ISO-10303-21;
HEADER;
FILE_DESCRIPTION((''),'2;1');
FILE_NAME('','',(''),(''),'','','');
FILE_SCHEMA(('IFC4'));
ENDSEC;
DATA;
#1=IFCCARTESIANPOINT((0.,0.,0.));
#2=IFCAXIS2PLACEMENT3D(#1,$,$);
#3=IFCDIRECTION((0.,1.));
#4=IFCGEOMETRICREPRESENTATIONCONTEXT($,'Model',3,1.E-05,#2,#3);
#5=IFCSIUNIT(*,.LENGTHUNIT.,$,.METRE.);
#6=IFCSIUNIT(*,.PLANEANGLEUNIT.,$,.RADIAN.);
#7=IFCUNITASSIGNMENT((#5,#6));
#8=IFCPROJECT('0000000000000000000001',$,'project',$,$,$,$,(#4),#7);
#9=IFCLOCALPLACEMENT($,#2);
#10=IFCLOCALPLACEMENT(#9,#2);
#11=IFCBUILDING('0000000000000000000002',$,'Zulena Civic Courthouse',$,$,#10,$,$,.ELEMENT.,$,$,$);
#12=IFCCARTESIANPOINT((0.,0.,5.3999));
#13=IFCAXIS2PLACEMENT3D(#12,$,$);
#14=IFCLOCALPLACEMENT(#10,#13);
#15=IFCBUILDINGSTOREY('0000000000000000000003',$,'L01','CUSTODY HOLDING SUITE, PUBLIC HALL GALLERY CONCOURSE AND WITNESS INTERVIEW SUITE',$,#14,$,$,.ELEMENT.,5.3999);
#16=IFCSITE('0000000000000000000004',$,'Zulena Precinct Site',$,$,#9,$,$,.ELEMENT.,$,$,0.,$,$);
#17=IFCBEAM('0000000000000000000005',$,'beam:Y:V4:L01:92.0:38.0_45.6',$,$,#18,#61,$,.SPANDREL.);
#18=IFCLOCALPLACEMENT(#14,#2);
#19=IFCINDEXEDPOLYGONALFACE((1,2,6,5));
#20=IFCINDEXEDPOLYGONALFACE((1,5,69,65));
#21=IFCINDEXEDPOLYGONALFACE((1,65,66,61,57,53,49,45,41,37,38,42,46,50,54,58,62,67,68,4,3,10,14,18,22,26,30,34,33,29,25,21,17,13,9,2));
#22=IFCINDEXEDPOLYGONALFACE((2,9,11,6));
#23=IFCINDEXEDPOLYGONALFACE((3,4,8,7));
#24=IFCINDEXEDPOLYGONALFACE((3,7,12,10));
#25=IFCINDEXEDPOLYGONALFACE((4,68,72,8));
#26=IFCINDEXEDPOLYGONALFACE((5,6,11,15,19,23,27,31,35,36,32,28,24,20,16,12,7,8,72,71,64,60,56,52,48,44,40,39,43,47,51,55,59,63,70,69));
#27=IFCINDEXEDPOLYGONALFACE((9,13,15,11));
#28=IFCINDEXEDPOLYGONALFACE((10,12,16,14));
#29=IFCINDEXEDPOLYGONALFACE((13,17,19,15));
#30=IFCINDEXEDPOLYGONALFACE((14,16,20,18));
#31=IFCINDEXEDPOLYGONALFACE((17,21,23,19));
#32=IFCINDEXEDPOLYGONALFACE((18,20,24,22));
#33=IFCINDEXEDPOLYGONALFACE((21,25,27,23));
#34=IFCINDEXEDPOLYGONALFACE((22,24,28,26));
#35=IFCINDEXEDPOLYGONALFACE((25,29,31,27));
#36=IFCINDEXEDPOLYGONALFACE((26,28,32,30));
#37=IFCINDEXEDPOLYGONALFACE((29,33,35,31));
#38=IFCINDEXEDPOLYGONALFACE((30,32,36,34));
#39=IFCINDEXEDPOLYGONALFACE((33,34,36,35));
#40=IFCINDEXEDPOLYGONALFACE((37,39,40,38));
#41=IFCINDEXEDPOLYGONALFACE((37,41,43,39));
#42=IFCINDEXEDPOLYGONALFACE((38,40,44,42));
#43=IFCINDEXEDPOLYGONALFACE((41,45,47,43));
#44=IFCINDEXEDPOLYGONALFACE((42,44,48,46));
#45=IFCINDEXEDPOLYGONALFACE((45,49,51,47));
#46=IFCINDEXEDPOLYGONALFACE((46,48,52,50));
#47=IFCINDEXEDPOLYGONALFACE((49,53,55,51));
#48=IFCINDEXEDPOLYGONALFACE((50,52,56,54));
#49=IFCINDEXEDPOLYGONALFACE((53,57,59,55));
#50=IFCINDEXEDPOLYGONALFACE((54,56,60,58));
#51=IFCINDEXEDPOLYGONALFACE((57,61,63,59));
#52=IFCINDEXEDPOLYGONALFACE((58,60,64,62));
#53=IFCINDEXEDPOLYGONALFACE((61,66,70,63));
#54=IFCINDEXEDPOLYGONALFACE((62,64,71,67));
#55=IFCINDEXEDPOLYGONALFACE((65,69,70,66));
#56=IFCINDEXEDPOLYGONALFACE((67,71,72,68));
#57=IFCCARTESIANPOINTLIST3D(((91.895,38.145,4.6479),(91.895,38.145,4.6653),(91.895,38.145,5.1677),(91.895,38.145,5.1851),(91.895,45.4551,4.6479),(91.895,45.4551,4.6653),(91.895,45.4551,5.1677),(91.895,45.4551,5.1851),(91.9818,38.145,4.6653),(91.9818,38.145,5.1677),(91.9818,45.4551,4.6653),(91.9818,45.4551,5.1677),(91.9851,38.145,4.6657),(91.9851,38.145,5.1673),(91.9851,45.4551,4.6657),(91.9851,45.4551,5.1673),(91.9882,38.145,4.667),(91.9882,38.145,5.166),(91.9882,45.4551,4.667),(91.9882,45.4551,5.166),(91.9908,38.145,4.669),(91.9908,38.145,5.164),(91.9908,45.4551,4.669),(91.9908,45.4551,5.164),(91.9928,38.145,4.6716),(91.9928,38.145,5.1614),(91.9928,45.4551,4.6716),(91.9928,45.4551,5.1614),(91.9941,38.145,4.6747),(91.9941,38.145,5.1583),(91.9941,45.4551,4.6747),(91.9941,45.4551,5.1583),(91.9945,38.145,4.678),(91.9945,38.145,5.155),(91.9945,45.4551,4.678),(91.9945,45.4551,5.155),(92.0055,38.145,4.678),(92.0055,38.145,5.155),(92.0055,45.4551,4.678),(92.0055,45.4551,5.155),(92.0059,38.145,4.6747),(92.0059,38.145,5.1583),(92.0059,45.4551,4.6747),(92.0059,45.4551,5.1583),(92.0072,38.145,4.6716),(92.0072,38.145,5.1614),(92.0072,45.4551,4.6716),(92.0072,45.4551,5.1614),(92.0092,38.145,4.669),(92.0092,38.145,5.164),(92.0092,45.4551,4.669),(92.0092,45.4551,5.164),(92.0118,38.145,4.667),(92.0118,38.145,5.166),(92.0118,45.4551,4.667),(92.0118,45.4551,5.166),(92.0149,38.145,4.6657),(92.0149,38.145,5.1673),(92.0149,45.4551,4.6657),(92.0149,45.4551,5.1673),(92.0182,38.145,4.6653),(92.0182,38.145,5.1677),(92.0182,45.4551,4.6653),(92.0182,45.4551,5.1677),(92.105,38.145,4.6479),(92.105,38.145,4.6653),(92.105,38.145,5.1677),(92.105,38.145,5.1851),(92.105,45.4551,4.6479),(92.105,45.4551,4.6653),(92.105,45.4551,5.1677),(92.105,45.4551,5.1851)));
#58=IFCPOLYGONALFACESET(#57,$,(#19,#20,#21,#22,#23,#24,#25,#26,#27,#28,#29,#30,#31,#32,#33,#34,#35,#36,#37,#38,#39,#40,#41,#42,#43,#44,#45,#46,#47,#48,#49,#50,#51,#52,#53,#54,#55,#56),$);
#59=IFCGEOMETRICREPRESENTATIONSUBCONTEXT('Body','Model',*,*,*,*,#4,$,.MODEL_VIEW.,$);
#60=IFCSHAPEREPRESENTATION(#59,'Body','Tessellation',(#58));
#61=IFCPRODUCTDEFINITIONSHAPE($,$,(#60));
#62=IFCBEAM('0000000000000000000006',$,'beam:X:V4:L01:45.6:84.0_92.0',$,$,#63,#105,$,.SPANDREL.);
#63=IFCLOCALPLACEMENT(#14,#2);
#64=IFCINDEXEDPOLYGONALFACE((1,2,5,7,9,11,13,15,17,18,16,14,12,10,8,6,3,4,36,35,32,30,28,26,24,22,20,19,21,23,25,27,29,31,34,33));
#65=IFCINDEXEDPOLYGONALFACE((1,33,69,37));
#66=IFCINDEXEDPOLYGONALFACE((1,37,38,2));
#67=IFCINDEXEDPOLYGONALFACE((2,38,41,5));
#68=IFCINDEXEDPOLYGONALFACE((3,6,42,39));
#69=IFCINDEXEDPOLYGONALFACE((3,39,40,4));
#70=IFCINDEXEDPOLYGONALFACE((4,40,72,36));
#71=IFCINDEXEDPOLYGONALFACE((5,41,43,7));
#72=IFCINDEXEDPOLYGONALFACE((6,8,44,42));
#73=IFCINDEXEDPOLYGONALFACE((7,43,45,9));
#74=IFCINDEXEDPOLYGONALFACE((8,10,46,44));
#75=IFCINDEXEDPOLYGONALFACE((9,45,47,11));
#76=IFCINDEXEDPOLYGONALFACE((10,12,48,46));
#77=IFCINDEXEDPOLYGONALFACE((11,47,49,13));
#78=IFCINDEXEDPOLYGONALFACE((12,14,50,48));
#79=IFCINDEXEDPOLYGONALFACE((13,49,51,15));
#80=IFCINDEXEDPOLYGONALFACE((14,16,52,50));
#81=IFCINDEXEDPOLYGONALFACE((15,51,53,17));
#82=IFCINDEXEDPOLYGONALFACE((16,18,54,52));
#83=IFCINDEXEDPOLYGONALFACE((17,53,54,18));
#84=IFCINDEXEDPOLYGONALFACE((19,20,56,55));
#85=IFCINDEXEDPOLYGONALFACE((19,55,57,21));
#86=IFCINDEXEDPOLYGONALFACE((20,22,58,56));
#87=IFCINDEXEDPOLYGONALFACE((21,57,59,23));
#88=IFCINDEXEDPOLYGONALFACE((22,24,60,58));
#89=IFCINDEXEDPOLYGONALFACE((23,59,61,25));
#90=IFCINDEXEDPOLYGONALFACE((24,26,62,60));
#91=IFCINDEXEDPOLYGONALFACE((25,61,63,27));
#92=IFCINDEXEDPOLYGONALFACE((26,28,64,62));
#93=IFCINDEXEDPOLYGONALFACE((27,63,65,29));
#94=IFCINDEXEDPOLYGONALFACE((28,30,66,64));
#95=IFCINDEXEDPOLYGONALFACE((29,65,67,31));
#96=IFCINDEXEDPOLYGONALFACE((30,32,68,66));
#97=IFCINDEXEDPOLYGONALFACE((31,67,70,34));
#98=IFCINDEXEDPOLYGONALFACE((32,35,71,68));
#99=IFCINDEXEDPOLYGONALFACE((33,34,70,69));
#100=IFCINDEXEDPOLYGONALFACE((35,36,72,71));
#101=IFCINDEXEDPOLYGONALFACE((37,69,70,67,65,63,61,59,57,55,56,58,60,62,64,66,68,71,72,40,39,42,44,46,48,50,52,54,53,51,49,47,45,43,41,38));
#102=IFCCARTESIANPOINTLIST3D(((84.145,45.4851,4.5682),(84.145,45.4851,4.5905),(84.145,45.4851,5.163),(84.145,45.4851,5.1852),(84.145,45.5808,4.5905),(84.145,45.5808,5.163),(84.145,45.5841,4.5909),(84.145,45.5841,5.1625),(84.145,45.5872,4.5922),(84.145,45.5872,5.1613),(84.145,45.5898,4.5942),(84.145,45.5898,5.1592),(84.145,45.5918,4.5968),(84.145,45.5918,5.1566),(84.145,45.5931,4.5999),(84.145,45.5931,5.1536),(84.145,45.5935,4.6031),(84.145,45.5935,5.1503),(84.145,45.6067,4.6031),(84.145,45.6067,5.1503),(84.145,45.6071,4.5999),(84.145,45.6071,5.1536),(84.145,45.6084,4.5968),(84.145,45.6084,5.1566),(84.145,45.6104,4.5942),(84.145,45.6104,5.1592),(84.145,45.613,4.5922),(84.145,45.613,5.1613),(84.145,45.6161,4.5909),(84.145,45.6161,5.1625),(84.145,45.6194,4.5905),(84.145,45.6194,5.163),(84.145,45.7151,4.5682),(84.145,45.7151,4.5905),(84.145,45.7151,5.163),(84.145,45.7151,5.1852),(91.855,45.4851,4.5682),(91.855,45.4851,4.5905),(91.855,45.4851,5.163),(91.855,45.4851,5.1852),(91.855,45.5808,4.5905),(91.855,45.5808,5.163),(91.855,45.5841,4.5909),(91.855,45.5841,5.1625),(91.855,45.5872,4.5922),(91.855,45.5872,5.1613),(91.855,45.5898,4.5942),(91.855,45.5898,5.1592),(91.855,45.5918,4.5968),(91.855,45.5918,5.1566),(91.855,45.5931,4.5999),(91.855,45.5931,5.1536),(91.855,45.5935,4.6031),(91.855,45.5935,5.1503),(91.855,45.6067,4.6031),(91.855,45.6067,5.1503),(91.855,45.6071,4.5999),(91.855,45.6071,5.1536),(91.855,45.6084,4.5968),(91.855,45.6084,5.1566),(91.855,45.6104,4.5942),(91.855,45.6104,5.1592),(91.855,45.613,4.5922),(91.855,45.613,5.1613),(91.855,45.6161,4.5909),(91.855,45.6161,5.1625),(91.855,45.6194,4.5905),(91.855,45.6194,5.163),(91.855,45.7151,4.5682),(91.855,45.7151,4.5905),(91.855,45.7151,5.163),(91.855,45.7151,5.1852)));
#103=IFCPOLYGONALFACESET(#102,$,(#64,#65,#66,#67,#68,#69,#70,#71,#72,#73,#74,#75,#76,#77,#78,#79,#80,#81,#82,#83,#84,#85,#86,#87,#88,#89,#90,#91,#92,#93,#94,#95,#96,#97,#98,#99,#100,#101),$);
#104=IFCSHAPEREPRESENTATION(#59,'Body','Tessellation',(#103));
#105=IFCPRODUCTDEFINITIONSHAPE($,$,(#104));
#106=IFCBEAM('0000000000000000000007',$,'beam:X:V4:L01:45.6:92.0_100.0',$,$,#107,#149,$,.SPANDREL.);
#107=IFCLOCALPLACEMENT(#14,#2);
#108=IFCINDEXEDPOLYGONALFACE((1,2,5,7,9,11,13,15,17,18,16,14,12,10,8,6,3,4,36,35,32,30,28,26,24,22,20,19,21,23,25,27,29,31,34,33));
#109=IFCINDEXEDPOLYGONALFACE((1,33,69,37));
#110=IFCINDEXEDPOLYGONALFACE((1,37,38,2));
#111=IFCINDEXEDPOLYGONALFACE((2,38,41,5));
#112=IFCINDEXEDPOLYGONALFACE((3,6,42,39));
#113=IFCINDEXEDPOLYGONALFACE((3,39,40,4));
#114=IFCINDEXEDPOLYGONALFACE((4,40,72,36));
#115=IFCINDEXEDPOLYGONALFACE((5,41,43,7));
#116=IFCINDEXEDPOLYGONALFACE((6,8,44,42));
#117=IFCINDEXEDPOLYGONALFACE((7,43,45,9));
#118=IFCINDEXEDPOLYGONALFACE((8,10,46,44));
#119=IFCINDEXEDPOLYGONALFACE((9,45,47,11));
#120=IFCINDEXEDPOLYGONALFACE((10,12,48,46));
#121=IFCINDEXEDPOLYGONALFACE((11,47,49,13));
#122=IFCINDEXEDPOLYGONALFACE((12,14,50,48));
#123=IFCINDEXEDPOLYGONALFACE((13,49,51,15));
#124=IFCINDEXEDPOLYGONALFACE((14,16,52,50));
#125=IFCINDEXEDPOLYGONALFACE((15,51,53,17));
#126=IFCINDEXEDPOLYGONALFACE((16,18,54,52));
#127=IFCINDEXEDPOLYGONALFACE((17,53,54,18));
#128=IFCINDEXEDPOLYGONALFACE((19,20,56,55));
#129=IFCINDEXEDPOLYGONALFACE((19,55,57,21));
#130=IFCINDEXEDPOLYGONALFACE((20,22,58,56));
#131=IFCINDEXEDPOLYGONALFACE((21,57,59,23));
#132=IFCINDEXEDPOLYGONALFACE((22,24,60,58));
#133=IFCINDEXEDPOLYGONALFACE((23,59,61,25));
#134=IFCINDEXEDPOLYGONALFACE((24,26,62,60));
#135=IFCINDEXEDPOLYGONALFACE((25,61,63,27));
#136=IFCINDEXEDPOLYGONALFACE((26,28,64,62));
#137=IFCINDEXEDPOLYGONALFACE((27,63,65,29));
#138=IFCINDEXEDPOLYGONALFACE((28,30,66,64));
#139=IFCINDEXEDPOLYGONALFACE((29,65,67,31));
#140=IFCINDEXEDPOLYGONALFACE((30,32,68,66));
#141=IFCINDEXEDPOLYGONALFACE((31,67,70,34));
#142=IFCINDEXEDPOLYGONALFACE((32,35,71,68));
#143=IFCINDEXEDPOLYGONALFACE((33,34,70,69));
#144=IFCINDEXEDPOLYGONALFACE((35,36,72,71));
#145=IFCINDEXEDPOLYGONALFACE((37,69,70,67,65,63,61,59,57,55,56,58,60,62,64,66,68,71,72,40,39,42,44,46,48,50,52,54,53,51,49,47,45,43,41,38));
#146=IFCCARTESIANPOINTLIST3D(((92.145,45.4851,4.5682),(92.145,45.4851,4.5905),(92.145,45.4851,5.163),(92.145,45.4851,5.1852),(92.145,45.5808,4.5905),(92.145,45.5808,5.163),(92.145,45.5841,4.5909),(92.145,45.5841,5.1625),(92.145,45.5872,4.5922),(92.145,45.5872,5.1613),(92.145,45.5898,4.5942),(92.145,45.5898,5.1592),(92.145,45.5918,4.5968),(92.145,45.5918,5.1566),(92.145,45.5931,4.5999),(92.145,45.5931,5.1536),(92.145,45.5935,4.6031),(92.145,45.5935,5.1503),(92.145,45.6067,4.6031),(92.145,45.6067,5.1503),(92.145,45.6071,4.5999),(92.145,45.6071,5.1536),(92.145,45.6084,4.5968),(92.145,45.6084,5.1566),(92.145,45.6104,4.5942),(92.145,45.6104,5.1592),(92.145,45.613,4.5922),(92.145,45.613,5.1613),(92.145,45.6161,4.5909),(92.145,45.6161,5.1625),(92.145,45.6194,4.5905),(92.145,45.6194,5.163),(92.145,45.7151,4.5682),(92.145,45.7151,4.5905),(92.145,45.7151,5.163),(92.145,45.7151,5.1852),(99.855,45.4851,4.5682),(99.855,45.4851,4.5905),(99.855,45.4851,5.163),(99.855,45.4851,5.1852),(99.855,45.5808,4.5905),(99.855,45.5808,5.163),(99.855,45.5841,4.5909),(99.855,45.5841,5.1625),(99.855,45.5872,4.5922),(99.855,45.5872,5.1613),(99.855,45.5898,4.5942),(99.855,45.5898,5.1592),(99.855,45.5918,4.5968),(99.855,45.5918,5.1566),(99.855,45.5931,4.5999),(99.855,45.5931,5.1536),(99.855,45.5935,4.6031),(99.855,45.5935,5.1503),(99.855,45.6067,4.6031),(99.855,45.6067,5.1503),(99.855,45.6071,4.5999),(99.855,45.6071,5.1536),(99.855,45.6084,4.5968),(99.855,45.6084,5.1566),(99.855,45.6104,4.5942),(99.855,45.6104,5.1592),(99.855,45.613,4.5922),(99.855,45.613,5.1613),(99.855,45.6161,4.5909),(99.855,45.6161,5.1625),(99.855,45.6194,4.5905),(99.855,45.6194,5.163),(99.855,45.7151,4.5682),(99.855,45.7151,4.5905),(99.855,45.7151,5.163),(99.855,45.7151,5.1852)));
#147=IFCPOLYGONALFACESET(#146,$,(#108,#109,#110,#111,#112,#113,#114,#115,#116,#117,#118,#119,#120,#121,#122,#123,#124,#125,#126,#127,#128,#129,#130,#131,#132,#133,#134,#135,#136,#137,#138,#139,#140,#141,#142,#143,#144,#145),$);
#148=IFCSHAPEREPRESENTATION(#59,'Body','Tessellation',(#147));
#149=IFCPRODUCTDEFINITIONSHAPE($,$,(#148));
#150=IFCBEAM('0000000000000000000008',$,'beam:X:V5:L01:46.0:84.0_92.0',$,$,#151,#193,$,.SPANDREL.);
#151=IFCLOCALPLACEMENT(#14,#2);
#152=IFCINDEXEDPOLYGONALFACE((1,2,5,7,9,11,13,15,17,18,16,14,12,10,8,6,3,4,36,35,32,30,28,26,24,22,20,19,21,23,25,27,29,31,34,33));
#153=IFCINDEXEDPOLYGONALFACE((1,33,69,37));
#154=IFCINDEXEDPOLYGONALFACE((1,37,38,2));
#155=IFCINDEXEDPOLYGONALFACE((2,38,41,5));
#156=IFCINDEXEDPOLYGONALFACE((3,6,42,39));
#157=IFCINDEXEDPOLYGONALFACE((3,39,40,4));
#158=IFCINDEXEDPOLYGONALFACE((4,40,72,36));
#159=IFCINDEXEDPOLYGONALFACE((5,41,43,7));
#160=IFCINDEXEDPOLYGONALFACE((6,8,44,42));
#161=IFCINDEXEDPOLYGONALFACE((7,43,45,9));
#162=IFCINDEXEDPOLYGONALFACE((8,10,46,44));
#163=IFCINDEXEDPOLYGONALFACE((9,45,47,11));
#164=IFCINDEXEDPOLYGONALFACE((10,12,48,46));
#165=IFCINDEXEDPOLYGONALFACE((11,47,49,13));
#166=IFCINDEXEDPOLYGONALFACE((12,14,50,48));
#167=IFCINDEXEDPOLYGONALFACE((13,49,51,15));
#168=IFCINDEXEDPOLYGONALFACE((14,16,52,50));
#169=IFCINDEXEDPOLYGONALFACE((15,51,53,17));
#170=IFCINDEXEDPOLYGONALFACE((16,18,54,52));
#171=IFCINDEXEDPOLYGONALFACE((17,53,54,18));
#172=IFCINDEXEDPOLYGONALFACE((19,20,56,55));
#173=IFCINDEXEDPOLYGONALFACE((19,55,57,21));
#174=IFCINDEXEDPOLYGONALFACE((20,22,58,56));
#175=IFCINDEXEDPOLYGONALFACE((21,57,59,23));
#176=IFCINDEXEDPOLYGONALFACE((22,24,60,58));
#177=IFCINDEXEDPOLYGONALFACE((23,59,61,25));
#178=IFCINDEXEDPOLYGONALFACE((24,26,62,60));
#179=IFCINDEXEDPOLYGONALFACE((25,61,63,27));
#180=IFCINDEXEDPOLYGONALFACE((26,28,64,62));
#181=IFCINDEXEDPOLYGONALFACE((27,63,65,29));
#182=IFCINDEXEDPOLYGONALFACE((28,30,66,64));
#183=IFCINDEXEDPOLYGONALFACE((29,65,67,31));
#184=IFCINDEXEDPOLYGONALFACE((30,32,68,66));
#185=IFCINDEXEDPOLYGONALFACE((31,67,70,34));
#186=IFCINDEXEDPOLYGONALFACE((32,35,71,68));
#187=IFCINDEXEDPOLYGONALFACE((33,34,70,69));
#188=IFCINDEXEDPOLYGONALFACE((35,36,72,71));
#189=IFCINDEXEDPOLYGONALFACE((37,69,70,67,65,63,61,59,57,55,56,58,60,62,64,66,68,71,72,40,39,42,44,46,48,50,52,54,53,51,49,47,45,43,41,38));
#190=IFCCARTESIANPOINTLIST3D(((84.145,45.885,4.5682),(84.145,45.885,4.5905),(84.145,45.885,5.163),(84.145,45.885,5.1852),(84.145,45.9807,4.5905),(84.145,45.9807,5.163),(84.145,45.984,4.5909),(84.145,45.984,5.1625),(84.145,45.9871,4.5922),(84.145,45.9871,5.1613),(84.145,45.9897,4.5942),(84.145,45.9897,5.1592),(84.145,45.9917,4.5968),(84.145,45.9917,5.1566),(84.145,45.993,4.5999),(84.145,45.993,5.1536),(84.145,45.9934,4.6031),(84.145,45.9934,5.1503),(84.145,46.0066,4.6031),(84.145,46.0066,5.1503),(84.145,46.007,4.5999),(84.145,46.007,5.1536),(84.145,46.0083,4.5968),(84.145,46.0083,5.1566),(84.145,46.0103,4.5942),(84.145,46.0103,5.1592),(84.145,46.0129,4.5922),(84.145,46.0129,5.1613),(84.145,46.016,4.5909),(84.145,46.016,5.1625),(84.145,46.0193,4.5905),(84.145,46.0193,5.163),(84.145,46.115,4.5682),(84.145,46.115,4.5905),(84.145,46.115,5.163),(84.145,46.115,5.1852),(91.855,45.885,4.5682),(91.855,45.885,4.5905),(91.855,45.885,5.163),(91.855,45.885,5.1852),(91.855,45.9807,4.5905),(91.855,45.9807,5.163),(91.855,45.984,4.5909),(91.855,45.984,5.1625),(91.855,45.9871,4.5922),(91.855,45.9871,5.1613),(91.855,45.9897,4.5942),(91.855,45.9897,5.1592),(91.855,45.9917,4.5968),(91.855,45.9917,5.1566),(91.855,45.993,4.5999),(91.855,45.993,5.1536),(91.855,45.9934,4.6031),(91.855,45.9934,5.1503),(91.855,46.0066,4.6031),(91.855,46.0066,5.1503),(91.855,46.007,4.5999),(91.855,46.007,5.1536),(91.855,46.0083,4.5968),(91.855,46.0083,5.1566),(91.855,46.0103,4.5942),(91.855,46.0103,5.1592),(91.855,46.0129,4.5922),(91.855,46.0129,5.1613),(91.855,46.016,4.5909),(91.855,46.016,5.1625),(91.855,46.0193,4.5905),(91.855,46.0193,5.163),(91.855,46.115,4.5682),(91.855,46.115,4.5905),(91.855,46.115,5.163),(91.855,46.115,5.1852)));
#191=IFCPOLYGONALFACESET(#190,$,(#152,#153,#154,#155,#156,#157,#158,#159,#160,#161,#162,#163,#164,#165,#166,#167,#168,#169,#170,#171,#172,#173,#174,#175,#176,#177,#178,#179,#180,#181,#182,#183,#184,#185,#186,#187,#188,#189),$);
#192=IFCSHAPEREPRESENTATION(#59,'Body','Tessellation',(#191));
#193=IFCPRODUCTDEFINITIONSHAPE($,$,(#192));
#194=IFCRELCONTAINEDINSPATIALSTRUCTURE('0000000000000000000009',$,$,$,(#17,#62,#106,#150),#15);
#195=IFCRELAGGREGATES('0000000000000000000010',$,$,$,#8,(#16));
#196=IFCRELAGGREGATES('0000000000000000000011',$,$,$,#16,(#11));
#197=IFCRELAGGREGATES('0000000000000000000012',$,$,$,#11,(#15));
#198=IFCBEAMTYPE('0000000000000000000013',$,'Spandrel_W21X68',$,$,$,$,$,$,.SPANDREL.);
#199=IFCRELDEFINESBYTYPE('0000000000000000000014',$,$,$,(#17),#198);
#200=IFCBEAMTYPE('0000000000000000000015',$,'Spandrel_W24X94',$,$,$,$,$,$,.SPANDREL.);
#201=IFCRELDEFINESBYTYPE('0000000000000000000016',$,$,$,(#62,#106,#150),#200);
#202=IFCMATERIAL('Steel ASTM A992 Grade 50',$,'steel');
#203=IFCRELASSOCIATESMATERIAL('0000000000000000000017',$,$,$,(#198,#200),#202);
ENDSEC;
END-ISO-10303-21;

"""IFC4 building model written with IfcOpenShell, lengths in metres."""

from ifc_helpers import new_model, si_unit, direction, frame, origin, origin_2d, place, context, subcontext, project, spatial, i_section, extrude, material, material_profile, profile_set, type_object, element, save


model = new_model("IFC4")

# Units and contexts
model_context = context("Model", 3, precision=1e-05, world=origin(), true_north=direction((0.0, 1.0)))
body_context = subcontext(model_context, "Body", "Model", "MODEL_VIEW")
ifc_project = project(units=[si_unit("LENGTHUNIT", "METRE"), si_unit("PLANEANGLEUNIT", "RADIAN")], contexts=[model_context])

# Site, building, storey
site_placement = place(None, origin())
site = spatial("IfcSite", under=ifc_project, at=site_placement, Name="Zulena Precinct Site", CompositionType="ELEMENT", RefElevation=0.0)
building_placement = place(site_placement, origin())
building = spatial("IfcBuilding", under=site, at=building_placement, Name="Zulena Civic Courthouse", CompositionType="ELEMENT")
storey_placement = place(building_placement, frame((0.0, 0.0, 5.3999)))
storey = spatial("IfcBuildingStorey", under=building, at=storey_placement, Name="L01", Description="CUSTODY HOLDING SUITE, PUBLIC HALL GALLERY CONCOURSE AND WITNESS INTERVIEW SUITE", CompositionType="ELEMENT", Elevation=5.3999)

# Shared definitions
ifc_material_1 = material(Name="Steel ASTM A992 Grade 50", Category="steel")

# Beams
ifc_material_profile_1 = material_profile(ifc_material_1, i_section(OverallWidth=0.21, OverallDepth=0.5371, WebThickness=0.011, FlangeThickness=0.0173, FilletRadius=0.0127, at=origin_2d()), Name="W21X68")
ifc_profile_set_1 = profile_set([ifc_material_profile_1], Name="Steel ASTM A992 Grade 50")
beam_type_1 = type_object("IfcBeamType", Name="Spandrel_W21X68", PredefinedType="SPANDREL", material=ifc_profile_set_1)
beam_1_placement = place(storey_placement, frame((92.0, 38.145, 4.9165), z_axis=(0.0, 1.0, 0.0), x_axis=(-1.0, 0.0, 0.0)))
element("IfcBeam", 1, at=beam_1_placement, inside=storey, type_object=beam_type_1, Name="beam:Y:V4:L01:92.0:38.0_45.6", PredefinedType="SPANDREL", context=body_context, shape_type="SweptSolid", body=[
    extrude(i_section(OverallWidth=0.21, OverallDepth=0.5371, WebThickness=0.011, FlangeThickness=0.0173, FilletRadius=0.0127, at=origin_2d()), origin(), (0.0, 0.0, 1.0), 7.3101),
])
ifc_material_profile_2 = material_profile(ifc_material_1, i_section(OverallWidth=0.23, OverallDepth=0.6169, WebThickness=0.0132, FlangeThickness=0.0222, FilletRadius=0.0127, at=origin_2d()), Name="W24X94")
ifc_profile_set_2 = profile_set([ifc_material_profile_2], Name="Steel ASTM A992 Grade 50")
beam_type_2 = type_object("IfcBeamType", Name="Spandrel_W24X94", PredefinedType="SPANDREL", material=ifc_profile_set_2)
for number, where, z_axis, x_axis, name in (
    (2, (84.145, 45.6001, 4.8767), (1.0, 0.0, 0.0), (0.0, 1.0, 0.0), "beam:X:V4:L01:45.6:84.0_92.0"),
    (3, (92.145, 45.6001, 4.8767), (1.0, 0.0, 0.0), (0.0, 1.0, 0.0), "beam:X:V4:L01:45.6:92.0_100.0"),
    (4, (84.145, 46.0, 4.8767), (1.0, 0.0, 0.0), (0.0, 1.0, 0.0), "beam:X:V5:L01:46.0:84.0_92.0"),
):
    element("IfcBeam", number, at=place(storey_placement, frame(where, z_axis=z_axis, x_axis=x_axis)), inside=storey, type_object=beam_type_2, Name=name, PredefinedType="SPANDREL", context=body_context, shape_type="SweptSolid", body=[
        extrude(i_section(OverallWidth=0.23, OverallDepth=0.6169, WebThickness=0.0132, FlangeThickness=0.0222, FilletRadius=0.0127, at=origin_2d()), origin(), (0.0, 0.0, 1.0), 7.71),
    ])

save(model, "model.ifc")
